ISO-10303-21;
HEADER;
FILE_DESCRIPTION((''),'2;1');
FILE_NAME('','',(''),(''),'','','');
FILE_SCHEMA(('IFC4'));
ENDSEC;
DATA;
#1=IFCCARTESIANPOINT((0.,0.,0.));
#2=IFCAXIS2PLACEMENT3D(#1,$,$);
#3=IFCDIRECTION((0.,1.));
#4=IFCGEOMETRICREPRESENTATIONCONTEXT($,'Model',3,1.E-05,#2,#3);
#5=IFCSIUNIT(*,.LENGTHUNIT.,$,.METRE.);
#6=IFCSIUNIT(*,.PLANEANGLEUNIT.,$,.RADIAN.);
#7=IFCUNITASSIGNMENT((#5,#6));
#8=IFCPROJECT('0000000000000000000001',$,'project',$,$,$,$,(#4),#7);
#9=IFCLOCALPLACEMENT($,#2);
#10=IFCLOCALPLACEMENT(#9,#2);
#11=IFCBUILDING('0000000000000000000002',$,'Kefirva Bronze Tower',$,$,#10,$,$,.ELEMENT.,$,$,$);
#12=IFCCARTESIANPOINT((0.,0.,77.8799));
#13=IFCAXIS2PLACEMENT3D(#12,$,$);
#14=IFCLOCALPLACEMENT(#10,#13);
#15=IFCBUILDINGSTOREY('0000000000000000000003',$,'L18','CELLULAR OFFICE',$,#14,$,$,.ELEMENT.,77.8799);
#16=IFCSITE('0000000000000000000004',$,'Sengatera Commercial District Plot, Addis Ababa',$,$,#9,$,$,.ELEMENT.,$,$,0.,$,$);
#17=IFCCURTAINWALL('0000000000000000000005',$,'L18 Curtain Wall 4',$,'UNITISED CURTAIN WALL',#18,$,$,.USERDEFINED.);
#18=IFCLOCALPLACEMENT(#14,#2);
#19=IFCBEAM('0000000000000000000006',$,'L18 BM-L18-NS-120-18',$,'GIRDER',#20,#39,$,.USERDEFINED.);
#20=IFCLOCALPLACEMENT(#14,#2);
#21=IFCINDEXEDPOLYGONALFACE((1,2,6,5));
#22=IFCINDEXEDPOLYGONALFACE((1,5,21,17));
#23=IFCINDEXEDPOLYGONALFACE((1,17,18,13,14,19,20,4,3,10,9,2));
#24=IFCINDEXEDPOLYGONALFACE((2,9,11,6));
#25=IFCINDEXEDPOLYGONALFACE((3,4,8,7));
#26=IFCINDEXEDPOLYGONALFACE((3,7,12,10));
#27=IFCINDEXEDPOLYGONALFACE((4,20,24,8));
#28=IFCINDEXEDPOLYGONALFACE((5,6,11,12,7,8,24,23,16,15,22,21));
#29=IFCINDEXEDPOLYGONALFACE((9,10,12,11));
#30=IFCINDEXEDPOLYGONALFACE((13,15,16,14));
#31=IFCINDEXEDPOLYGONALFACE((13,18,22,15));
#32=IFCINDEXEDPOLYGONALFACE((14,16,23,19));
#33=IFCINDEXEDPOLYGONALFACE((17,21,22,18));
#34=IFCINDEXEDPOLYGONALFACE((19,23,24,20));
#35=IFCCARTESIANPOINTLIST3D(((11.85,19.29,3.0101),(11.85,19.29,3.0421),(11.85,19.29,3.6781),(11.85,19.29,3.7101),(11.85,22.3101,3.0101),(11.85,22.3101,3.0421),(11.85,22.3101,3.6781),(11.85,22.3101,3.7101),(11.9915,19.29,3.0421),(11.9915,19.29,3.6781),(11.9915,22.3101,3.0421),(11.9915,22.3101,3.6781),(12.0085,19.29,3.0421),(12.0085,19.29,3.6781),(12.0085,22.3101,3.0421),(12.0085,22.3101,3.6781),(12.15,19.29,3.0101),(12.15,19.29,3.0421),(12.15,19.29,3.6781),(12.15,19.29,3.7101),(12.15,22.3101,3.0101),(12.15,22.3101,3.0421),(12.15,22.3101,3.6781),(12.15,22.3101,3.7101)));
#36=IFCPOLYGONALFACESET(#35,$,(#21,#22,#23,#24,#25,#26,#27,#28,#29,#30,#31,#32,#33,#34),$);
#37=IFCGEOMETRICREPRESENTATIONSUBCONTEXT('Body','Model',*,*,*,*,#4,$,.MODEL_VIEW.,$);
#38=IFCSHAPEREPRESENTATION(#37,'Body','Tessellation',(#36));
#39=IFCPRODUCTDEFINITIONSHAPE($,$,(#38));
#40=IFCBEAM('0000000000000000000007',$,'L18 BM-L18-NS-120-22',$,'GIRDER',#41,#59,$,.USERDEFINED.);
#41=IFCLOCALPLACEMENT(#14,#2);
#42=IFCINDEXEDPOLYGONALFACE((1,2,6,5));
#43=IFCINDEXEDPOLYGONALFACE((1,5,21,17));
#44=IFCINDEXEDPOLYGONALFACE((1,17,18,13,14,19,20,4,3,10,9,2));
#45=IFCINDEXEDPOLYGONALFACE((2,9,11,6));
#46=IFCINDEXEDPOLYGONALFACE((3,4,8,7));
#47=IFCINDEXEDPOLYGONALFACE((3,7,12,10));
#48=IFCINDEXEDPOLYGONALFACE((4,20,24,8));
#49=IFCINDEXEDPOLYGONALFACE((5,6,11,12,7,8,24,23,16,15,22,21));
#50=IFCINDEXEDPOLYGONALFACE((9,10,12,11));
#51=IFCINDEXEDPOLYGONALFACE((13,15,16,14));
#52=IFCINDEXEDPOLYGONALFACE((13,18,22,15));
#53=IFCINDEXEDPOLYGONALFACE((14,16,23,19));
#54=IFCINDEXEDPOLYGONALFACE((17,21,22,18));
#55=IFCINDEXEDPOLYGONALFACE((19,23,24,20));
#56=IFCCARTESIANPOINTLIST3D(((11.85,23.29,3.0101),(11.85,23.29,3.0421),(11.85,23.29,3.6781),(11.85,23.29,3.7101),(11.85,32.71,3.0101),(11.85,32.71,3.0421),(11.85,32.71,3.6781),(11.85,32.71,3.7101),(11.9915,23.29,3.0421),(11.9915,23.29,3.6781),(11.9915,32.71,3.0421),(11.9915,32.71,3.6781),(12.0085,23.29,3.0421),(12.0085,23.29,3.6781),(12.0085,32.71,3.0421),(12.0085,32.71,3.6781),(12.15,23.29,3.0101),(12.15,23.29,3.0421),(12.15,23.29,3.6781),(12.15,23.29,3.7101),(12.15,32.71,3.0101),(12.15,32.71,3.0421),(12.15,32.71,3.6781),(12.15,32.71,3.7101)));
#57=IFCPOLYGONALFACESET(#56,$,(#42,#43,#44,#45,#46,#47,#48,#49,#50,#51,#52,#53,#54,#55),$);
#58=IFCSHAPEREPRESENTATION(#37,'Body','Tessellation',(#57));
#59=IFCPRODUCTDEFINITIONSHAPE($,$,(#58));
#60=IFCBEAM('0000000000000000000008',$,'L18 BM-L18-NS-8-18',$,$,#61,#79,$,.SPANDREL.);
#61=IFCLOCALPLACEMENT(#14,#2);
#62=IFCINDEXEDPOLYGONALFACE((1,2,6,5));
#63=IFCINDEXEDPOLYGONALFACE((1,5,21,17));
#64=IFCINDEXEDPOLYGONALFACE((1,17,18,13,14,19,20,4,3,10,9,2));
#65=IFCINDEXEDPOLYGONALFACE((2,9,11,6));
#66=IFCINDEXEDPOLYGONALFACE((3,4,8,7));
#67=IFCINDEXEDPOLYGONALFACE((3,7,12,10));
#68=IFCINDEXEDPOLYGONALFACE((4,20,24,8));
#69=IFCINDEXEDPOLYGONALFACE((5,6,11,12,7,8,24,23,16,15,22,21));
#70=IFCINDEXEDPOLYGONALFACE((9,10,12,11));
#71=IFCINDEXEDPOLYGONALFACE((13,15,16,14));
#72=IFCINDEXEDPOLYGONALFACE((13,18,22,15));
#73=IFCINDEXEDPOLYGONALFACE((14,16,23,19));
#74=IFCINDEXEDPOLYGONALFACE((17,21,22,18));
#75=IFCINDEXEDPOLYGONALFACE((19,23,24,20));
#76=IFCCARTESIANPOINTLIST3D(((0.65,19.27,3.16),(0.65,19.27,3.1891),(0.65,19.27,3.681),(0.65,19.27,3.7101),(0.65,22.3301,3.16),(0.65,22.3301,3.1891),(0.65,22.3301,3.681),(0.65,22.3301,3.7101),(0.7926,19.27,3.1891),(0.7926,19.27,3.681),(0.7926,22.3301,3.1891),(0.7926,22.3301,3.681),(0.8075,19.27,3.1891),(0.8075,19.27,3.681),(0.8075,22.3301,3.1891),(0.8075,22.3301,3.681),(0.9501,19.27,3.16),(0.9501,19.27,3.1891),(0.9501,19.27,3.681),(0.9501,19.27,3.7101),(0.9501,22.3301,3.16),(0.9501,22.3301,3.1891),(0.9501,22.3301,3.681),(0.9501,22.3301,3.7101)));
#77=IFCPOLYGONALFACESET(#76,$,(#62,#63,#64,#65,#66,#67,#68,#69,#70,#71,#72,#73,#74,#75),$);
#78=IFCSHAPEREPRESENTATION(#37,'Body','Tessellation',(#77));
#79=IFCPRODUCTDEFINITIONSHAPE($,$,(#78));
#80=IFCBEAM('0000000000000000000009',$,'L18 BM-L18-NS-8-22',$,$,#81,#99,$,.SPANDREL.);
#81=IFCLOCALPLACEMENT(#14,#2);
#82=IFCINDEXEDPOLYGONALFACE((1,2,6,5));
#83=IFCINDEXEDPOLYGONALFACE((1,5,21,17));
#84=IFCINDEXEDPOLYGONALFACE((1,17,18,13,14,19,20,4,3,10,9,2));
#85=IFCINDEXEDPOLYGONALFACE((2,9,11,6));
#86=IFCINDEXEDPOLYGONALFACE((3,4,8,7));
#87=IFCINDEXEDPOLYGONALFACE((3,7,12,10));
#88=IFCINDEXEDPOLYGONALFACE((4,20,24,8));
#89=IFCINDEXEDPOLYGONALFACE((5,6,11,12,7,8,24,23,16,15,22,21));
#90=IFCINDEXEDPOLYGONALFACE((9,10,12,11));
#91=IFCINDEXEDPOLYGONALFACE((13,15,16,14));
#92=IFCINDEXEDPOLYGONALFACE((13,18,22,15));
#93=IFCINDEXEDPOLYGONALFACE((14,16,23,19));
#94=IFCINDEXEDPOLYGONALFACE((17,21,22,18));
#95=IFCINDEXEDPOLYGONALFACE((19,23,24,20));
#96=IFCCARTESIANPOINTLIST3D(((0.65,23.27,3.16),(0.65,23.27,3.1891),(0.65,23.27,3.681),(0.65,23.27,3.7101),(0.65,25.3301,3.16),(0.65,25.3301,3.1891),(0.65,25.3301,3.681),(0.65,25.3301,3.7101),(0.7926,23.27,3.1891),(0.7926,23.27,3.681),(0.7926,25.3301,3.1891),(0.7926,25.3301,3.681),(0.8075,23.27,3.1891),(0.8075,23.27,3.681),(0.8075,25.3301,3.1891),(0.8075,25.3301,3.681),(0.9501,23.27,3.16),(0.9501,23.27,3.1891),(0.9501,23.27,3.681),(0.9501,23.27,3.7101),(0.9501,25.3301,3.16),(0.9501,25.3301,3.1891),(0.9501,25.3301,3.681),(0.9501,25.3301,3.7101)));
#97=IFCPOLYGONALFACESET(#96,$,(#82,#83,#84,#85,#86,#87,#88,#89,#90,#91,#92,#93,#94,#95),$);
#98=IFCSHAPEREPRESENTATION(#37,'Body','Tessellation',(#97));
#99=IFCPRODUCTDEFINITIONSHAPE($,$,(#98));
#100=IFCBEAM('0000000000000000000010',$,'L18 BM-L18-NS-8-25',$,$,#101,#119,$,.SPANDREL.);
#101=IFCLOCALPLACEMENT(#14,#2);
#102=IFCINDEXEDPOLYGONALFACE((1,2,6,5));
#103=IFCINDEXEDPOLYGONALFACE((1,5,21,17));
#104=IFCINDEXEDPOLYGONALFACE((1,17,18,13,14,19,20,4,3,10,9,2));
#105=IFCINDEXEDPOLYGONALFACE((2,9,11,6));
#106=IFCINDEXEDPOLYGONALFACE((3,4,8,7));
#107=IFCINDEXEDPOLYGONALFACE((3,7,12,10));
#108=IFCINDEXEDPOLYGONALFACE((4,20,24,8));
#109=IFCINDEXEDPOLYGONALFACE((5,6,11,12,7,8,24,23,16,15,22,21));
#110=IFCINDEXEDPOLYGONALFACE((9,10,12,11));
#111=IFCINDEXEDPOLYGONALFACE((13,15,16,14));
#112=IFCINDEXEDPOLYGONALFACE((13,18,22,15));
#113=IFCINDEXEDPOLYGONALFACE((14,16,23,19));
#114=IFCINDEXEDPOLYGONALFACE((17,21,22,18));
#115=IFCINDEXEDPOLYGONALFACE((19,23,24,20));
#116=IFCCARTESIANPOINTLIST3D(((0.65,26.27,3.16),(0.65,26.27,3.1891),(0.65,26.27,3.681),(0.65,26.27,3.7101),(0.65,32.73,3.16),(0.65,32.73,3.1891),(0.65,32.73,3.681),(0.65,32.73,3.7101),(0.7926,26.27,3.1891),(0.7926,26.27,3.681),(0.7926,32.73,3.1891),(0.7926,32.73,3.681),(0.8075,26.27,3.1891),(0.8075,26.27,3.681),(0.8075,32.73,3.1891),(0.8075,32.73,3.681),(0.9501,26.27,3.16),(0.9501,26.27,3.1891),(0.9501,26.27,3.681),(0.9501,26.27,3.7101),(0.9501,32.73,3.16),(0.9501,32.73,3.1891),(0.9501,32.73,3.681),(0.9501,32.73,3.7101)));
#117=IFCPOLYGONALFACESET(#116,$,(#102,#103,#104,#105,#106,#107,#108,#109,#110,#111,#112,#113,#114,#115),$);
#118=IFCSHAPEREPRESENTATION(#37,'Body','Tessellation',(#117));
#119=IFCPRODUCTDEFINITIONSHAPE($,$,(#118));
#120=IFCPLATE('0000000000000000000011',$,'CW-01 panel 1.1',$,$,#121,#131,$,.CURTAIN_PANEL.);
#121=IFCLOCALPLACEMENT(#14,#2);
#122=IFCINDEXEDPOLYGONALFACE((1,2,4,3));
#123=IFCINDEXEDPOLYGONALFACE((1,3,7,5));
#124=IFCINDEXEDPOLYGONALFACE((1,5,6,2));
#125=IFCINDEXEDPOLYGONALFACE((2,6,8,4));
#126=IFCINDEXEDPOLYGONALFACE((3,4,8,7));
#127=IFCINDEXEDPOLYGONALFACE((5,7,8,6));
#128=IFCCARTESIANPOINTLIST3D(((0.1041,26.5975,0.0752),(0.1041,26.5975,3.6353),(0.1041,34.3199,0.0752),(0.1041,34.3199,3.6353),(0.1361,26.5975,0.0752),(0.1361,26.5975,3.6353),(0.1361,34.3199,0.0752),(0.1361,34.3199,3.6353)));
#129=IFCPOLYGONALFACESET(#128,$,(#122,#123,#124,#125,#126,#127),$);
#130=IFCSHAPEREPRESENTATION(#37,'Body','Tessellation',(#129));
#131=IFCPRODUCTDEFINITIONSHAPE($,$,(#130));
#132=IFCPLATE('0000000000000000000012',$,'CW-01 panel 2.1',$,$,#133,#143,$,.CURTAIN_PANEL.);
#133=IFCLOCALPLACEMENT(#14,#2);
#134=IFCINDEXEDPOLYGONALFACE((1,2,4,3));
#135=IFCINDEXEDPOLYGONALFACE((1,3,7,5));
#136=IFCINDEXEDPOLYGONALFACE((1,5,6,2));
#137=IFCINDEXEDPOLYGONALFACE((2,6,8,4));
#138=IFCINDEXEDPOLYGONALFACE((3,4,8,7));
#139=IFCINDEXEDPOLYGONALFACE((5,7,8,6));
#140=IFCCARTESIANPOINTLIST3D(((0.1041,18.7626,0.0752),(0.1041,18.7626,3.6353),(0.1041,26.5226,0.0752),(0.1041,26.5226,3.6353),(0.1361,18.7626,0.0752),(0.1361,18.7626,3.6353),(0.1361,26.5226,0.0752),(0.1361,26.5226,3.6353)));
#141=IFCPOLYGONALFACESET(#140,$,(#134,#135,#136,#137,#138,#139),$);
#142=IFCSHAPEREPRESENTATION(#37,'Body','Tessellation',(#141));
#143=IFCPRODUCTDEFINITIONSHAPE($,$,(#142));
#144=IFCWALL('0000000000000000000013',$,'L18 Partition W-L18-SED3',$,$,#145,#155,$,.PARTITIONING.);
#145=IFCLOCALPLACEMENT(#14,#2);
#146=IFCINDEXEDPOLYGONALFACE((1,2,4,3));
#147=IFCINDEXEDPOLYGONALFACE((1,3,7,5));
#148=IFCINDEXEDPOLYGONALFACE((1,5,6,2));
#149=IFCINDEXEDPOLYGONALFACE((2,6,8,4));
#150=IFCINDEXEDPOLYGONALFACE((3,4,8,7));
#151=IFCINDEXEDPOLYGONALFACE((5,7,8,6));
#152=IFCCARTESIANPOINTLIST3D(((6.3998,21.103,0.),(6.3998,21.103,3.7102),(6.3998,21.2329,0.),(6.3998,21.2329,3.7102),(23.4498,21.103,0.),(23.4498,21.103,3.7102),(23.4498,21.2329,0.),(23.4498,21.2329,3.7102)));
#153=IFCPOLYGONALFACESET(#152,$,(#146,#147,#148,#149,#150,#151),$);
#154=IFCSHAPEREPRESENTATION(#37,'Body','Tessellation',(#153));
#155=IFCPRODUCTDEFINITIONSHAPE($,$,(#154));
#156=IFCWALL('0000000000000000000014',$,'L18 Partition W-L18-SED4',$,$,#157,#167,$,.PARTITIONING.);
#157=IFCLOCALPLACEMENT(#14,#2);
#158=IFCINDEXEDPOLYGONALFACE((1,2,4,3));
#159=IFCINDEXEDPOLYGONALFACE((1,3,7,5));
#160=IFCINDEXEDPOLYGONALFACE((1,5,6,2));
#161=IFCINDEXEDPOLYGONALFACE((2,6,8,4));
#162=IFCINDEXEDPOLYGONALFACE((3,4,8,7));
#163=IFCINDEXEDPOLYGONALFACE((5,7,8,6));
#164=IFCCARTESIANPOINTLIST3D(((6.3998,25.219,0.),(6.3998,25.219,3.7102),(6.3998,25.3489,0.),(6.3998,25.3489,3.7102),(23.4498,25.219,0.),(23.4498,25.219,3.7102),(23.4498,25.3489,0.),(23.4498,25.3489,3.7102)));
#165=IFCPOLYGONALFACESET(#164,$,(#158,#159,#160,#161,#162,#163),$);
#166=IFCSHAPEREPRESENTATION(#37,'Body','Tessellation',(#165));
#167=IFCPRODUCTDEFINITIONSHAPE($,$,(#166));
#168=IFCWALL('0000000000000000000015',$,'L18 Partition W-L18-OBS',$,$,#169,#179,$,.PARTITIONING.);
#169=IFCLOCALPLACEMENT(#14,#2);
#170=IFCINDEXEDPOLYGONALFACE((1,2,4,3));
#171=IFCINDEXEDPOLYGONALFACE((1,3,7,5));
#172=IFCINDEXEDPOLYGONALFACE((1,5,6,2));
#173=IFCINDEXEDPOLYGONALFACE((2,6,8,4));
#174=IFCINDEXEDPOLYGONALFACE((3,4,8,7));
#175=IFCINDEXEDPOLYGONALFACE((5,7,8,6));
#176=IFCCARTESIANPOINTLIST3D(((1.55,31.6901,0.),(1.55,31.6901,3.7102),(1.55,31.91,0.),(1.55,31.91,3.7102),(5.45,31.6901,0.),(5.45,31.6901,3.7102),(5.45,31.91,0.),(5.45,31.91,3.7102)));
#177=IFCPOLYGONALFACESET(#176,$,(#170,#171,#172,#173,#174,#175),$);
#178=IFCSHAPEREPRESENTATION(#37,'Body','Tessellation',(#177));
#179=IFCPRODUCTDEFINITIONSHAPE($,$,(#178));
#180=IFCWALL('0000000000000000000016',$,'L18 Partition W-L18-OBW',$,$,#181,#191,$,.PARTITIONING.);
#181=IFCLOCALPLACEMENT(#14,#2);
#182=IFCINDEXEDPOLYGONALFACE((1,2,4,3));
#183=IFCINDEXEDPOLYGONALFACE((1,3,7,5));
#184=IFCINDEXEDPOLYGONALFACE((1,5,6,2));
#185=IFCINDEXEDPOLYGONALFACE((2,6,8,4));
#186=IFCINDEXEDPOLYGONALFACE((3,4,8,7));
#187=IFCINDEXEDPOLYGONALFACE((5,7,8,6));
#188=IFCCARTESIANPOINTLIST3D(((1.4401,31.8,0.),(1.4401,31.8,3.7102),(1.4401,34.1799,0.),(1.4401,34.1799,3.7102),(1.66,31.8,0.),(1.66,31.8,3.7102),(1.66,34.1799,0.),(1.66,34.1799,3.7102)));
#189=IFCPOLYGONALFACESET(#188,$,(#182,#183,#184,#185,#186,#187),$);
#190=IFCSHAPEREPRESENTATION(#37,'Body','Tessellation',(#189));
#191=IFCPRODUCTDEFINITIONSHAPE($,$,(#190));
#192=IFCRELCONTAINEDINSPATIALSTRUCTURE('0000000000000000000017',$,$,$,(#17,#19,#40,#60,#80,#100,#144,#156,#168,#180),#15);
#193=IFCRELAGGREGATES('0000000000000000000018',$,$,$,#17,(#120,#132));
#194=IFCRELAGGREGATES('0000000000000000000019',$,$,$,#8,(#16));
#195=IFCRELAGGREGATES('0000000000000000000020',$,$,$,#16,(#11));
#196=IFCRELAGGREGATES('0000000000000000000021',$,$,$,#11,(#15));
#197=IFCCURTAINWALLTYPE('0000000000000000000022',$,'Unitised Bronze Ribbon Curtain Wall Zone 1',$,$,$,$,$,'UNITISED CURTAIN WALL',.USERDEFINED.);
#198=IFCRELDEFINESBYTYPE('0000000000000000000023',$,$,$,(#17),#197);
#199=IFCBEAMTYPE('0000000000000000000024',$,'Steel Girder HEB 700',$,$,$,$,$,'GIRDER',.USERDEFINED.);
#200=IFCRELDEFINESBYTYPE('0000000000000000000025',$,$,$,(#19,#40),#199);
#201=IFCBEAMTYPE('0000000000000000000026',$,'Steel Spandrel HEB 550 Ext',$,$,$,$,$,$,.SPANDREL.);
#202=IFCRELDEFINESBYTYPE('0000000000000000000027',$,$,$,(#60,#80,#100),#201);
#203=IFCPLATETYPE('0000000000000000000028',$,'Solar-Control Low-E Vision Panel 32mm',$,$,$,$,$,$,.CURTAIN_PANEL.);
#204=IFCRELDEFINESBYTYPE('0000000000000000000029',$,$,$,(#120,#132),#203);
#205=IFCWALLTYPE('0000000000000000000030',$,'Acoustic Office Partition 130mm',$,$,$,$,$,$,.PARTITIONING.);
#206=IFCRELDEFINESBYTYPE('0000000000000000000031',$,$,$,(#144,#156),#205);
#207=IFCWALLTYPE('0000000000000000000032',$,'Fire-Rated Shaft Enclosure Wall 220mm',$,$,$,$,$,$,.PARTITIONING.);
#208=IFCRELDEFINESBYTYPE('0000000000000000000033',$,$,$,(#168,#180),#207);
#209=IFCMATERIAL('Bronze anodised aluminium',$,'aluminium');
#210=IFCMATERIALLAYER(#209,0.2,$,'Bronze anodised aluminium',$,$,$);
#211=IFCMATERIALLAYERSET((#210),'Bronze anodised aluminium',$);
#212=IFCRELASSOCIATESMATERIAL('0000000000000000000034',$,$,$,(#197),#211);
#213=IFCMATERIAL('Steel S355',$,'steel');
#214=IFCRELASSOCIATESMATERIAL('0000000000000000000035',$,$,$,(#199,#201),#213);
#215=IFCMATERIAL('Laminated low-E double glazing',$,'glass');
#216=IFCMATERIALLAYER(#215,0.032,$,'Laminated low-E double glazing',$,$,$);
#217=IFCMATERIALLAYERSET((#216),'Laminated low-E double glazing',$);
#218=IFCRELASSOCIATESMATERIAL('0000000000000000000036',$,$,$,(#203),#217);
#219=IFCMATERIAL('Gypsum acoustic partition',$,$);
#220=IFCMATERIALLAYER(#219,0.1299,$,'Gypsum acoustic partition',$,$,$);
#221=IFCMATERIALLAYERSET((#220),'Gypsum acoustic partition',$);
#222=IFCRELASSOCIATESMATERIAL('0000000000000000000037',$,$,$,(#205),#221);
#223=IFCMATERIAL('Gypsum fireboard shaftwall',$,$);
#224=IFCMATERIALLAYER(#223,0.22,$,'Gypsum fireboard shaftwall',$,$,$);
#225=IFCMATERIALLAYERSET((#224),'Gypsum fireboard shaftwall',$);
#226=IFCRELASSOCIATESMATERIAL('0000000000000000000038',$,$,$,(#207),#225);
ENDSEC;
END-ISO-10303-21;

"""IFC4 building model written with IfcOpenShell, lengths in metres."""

from ifc_helpers import new_model, si_unit, direction, frame, frame_2d, origin, origin_2d, place, context, subcontext, project, spatial, rectangle, i_section, extrude, material, layer, layer_set, material_profile, profile_set, type_object, element, aggregate, save


model = new_model("IFC4")

# Units and contexts
model_context = context("Model", 3, precision=1e-05, world=origin(), true_north=direction((0.0, 1.0)))
body_context = subcontext(model_context, "Body", "Model", "MODEL_VIEW")
ifc_project = project(units=[si_unit("LENGTHUNIT", "METRE"), si_unit("PLANEANGLEUNIT", "RADIAN")], contexts=[model_context])

# Site, building, storey
site_placement = place(None, origin())
site = spatial("IfcSite", under=ifc_project, at=site_placement, Name="Sengatera Commercial District Plot, Addis Ababa", CompositionType="ELEMENT", RefElevation=0.0)
building_placement = place(site_placement, origin())
building = spatial("IfcBuilding", under=site, at=building_placement, Name="Kefirva Bronze Tower", CompositionType="ELEMENT")
storey_placement = place(building_placement, frame((0.0, 0.0, 77.8799)))
storey = spatial("IfcBuildingStorey", under=building, at=storey_placement, Name="L18", Description="CELLULAR OFFICE", CompositionType="ELEMENT", Elevation=77.8799)

# Curtain wall
ifc_material_1 = material(Name="Bronze anodised aluminium", Category="aluminium")
ifc_layer_1 = layer(ifc_material_1, 0.2, Name="Bronze anodised aluminium")
ifc_layer_set_1 = layer_set([ifc_layer_1], Name="Bronze anodised aluminium")
curtain_wall_type = type_object("IfcCurtainWallType", Name="Unitised Bronze Ribbon Curtain Wall Zone 1", ElementType="UNITISED CURTAIN WALL", PredefinedType="USERDEFINED", material=ifc_layer_set_1)
curtain_wall_placement = place(storey_placement, origin())
curtain_wall = element("IfcCurtainWall", 1, at=curtain_wall_placement, inside=storey, type_object=curtain_wall_type, Name="L18 Curtain Wall 4", ObjectType="UNITISED CURTAIN WALL", PredefinedType="USERDEFINED")

# Beams
ifc_material_2 = material(Name="Steel S355", Category="steel")
ifc_material_profile_1 = material_profile(ifc_material_2, i_section(OverallWidth=0.3, OverallDepth=0.7, WebThickness=0.0171, FlangeThickness=0.032, at=origin_2d()), Name="HEB 700")
ifc_profile_set_1 = profile_set([ifc_material_profile_1], Name="Steel S355")
beam_type_1 = type_object("IfcBeamType", Name="Steel Girder HEB 700", ElementType="GIRDER", PredefinedType="USERDEFINED", material=ifc_profile_set_1)
beam_1_placement = place(storey_placement, frame((12.0, 19.29, 3.3601), z_axis=(0.0, 1.0, 0.0), x_axis=(-1.0, 0.0, 0.0)))
element("IfcBeam", 2, at=beam_1_placement, inside=storey, type_object=beam_type_1, Name="L18 BM-L18-NS-120-18", ObjectType="GIRDER", PredefinedType="USERDEFINED", context=body_context, shape_type="SweptSolid", body=[
    extrude(i_section(OverallWidth=0.3, OverallDepth=0.7, WebThickness=0.0171, FlangeThickness=0.032, at=origin_2d()), origin(), (0.0, 0.0, 1.0), 3.02),
])
beam_2_placement = place(storey_placement, frame((12.0, 23.29, 3.3601), z_axis=(0.0, 1.0, 0.0), x_axis=(-1.0, 0.0, 0.0)))
element("IfcBeam", 3, at=beam_2_placement, inside=storey, type_object=beam_type_1, Name="L18 BM-L18-NS-120-22", ObjectType="GIRDER", PredefinedType="USERDEFINED", context=body_context, shape_type="SweptSolid", body=[
    extrude(i_section(OverallWidth=0.3, OverallDepth=0.7, WebThickness=0.0171, FlangeThickness=0.032, at=origin_2d()), origin(), (0.0, 0.0, 1.0), 9.4199),
])
ifc_material_profile_2 = material_profile(ifc_material_2, i_section(OverallWidth=0.3, OverallDepth=0.55, WebThickness=0.0149, FlangeThickness=0.0291, at=origin_2d()), Name="HEB 550")
ifc_profile_set_2 = profile_set([ifc_material_profile_2], Name="Steel S355")
beam_type_2 = type_object("IfcBeamType", Name="Steel Spandrel HEB 550 Ext", PredefinedType="SPANDREL", material=ifc_profile_set_2)
beam_3_placement = place(storey_placement, frame((0.8, 19.27, 3.4351), z_axis=(0.0, 1.0, 0.0), x_axis=(-1.0, 0.0, 0.0)))
element("IfcBeam", 4, at=beam_3_placement, inside=storey, type_object=beam_type_2, Name="L18 BM-L18-NS-8-18", PredefinedType="SPANDREL", context=body_context, shape_type="SweptSolid", body=[
    extrude(i_section(OverallWidth=0.3, OverallDepth=0.55, WebThickness=0.0149, FlangeThickness=0.0291, at=origin_2d()), origin(), (0.0, 0.0, 1.0), 3.0601),
])
beam_4_placement = place(storey_placement, frame((0.8, 23.27, 3.4351), z_axis=(0.0, 1.0, 0.0), x_axis=(-1.0, 0.0, 0.0)))
element("IfcBeam", 5, at=beam_4_placement, inside=storey, type_object=beam_type_2, Name="L18 BM-L18-NS-8-22", PredefinedType="SPANDREL", context=body_context, shape_type="SweptSolid", body=[
    extrude(i_section(OverallWidth=0.3, OverallDepth=0.55, WebThickness=0.0149, FlangeThickness=0.0291, at=origin_2d()), origin(), (0.0, 0.0, 1.0), 2.0601),
])
beam_5_placement = place(storey_placement, frame((0.8, 26.27, 3.4351), z_axis=(0.0, 1.0, 0.0), x_axis=(-1.0, 0.0, 0.0)))
element("IfcBeam", 6, at=beam_5_placement, inside=storey, type_object=beam_type_2, Name="L18 BM-L18-NS-8-25", PredefinedType="SPANDREL", context=body_context, shape_type="SweptSolid", body=[
    extrude(i_section(OverallWidth=0.3, OverallDepth=0.55, WebThickness=0.0149, FlangeThickness=0.0291, at=origin_2d()), origin(), (0.0, 0.0, 1.0), 6.46),
])

# Plates
ifc_material_3 = material(Name="Laminated low-E double glazing", Category="glass")
ifc_layer_2 = layer(ifc_material_3, 0.032, Name="Laminated low-E double glazing")
ifc_layer_set_2 = layer_set([ifc_layer_2], Name="Laminated low-E double glazing")
plate_type = type_object("IfcPlateType", Name="Solar-Control Low-E Vision Panel 32mm", PredefinedType="CURTAIN_PANEL", material=ifc_layer_set_2)
plate_1_placement = place(storey_placement, frame((0.1201, 30.4587, 0.0752), z_axis=(0.0, 0.0, 1.0), x_axis=(0.0, -1.0, 0.0)))
plate_1 = element("IfcPlate", 7, at=plate_1_placement, type_object=plate_type, Name="CW-01 panel 1.1", PredefinedType="CURTAIN_PANEL", context=body_context, shape_type="SweptSolid", body=[
    extrude(rectangle(XDim=7.7224, YDim=0.032, at=origin_2d()), origin(), (0.0, 0.0, 1.0), 3.5601),
])
plate_2_placement = place(storey_placement, frame((0.1201, 22.6426, 0.0752), z_axis=(0.0, 0.0, 1.0), x_axis=(0.0, -1.0, 0.0)))
plate_2 = element("IfcPlate", 8, at=plate_2_placement, type_object=plate_type, Name="CW-01 panel 2.1", PredefinedType="CURTAIN_PANEL", context=body_context, shape_type="SweptSolid", body=[
    extrude(rectangle(XDim=7.76, YDim=0.032, at=origin_2d()), origin(), (0.0, 0.0, 1.0), 3.5601),
])
aggregate(curtain_wall, [plate_1, plate_2])

# Walls
ifc_material_4 = material(Name="Gypsum acoustic partition")
ifc_layer_3 = layer(ifc_material_4, 0.1299, Name="Gypsum acoustic partition")
ifc_layer_set_3 = layer_set([ifc_layer_3], Name="Gypsum acoustic partition")
wall_type_1 = type_object("IfcWallType", Name="Acoustic Office Partition 130mm", PredefinedType="PARTITIONING", material=ifc_layer_set_3)
for number, where, z_axis, x_axis, name in (
    (9, (6.3999, 21.168, 0.0), (0.0, 0.0, 1.0), (1.0, 0.0, 0.0), "L18 Partition W-L18-SED3"),
    (10, (6.3999, 25.2839, 0.0), (0.0, 0.0, 1.0), (1.0, 0.0, 0.0), "L18 Partition W-L18-SED4"),
):
    element("IfcWall", number, at=place(storey_placement, frame(where, z_axis=z_axis, x_axis=x_axis)), inside=storey, type_object=wall_type_1, Name=name, PredefinedType="PARTITIONING", context=body_context, shape_type="SweptSolid", body=[
        extrude(rectangle(XDim=17.05, YDim=0.1299, at=frame_2d((8.5249, 0.0))), origin(), (0.0, 0.0, 1.0), 3.7102),
    ])
ifc_material_5 = material(Name="Gypsum fireboard shaftwall")
ifc_layer_4 = layer(ifc_material_5, 0.22, Name="Gypsum fireboard shaftwall")
ifc_layer_set_4 = layer_set([ifc_layer_4], Name="Gypsum fireboard shaftwall")
wall_type_2 = type_object("IfcWallType", Name="Fire-Rated Shaft Enclosure Wall 220mm", PredefinedType="PARTITIONING", material=ifc_layer_set_4)
wall_1_placement = place(storey_placement, frame((1.55, 31.8, 0.0), z_axis=(0.0, 0.0, 1.0), x_axis=(1.0, 0.0, 0.0)))
element("IfcWall", 11, at=wall_1_placement, inside=storey, type_object=wall_type_2, Name="L18 Partition W-L18-OBS", PredefinedType="PARTITIONING", context=body_context, shape_type="SweptSolid", body=[
    extrude(rectangle(XDim=3.8999, YDim=0.22, at=frame_2d((1.95, 0.0))), origin(), (0.0, 0.0, 1.0), 3.7102),
])
for number, where, z_axis, x_axis, name in (
    (12, (1.55, 31.8, 0.0), (0.0, 0.0, 1.0), (0.0, 1.0, 0.0), "L18 Partition W-L18-OBW"),
):
    element("IfcWall", number, at=place(storey_placement, frame(where, z_axis=z_axis, x_axis=x_axis)), inside=storey, type_object=wall_type_2, Name=name, PredefinedType="PARTITIONING", context=body_context, shape_type="SweptSolid", body=[
        extrude(rectangle(XDim=2.3799, YDim=0.22, at=frame_2d((1.1899, 0.0))), origin(), (0.0, 0.0, 1.0), 3.7102),
    ])

save(model, "model.ifc")
